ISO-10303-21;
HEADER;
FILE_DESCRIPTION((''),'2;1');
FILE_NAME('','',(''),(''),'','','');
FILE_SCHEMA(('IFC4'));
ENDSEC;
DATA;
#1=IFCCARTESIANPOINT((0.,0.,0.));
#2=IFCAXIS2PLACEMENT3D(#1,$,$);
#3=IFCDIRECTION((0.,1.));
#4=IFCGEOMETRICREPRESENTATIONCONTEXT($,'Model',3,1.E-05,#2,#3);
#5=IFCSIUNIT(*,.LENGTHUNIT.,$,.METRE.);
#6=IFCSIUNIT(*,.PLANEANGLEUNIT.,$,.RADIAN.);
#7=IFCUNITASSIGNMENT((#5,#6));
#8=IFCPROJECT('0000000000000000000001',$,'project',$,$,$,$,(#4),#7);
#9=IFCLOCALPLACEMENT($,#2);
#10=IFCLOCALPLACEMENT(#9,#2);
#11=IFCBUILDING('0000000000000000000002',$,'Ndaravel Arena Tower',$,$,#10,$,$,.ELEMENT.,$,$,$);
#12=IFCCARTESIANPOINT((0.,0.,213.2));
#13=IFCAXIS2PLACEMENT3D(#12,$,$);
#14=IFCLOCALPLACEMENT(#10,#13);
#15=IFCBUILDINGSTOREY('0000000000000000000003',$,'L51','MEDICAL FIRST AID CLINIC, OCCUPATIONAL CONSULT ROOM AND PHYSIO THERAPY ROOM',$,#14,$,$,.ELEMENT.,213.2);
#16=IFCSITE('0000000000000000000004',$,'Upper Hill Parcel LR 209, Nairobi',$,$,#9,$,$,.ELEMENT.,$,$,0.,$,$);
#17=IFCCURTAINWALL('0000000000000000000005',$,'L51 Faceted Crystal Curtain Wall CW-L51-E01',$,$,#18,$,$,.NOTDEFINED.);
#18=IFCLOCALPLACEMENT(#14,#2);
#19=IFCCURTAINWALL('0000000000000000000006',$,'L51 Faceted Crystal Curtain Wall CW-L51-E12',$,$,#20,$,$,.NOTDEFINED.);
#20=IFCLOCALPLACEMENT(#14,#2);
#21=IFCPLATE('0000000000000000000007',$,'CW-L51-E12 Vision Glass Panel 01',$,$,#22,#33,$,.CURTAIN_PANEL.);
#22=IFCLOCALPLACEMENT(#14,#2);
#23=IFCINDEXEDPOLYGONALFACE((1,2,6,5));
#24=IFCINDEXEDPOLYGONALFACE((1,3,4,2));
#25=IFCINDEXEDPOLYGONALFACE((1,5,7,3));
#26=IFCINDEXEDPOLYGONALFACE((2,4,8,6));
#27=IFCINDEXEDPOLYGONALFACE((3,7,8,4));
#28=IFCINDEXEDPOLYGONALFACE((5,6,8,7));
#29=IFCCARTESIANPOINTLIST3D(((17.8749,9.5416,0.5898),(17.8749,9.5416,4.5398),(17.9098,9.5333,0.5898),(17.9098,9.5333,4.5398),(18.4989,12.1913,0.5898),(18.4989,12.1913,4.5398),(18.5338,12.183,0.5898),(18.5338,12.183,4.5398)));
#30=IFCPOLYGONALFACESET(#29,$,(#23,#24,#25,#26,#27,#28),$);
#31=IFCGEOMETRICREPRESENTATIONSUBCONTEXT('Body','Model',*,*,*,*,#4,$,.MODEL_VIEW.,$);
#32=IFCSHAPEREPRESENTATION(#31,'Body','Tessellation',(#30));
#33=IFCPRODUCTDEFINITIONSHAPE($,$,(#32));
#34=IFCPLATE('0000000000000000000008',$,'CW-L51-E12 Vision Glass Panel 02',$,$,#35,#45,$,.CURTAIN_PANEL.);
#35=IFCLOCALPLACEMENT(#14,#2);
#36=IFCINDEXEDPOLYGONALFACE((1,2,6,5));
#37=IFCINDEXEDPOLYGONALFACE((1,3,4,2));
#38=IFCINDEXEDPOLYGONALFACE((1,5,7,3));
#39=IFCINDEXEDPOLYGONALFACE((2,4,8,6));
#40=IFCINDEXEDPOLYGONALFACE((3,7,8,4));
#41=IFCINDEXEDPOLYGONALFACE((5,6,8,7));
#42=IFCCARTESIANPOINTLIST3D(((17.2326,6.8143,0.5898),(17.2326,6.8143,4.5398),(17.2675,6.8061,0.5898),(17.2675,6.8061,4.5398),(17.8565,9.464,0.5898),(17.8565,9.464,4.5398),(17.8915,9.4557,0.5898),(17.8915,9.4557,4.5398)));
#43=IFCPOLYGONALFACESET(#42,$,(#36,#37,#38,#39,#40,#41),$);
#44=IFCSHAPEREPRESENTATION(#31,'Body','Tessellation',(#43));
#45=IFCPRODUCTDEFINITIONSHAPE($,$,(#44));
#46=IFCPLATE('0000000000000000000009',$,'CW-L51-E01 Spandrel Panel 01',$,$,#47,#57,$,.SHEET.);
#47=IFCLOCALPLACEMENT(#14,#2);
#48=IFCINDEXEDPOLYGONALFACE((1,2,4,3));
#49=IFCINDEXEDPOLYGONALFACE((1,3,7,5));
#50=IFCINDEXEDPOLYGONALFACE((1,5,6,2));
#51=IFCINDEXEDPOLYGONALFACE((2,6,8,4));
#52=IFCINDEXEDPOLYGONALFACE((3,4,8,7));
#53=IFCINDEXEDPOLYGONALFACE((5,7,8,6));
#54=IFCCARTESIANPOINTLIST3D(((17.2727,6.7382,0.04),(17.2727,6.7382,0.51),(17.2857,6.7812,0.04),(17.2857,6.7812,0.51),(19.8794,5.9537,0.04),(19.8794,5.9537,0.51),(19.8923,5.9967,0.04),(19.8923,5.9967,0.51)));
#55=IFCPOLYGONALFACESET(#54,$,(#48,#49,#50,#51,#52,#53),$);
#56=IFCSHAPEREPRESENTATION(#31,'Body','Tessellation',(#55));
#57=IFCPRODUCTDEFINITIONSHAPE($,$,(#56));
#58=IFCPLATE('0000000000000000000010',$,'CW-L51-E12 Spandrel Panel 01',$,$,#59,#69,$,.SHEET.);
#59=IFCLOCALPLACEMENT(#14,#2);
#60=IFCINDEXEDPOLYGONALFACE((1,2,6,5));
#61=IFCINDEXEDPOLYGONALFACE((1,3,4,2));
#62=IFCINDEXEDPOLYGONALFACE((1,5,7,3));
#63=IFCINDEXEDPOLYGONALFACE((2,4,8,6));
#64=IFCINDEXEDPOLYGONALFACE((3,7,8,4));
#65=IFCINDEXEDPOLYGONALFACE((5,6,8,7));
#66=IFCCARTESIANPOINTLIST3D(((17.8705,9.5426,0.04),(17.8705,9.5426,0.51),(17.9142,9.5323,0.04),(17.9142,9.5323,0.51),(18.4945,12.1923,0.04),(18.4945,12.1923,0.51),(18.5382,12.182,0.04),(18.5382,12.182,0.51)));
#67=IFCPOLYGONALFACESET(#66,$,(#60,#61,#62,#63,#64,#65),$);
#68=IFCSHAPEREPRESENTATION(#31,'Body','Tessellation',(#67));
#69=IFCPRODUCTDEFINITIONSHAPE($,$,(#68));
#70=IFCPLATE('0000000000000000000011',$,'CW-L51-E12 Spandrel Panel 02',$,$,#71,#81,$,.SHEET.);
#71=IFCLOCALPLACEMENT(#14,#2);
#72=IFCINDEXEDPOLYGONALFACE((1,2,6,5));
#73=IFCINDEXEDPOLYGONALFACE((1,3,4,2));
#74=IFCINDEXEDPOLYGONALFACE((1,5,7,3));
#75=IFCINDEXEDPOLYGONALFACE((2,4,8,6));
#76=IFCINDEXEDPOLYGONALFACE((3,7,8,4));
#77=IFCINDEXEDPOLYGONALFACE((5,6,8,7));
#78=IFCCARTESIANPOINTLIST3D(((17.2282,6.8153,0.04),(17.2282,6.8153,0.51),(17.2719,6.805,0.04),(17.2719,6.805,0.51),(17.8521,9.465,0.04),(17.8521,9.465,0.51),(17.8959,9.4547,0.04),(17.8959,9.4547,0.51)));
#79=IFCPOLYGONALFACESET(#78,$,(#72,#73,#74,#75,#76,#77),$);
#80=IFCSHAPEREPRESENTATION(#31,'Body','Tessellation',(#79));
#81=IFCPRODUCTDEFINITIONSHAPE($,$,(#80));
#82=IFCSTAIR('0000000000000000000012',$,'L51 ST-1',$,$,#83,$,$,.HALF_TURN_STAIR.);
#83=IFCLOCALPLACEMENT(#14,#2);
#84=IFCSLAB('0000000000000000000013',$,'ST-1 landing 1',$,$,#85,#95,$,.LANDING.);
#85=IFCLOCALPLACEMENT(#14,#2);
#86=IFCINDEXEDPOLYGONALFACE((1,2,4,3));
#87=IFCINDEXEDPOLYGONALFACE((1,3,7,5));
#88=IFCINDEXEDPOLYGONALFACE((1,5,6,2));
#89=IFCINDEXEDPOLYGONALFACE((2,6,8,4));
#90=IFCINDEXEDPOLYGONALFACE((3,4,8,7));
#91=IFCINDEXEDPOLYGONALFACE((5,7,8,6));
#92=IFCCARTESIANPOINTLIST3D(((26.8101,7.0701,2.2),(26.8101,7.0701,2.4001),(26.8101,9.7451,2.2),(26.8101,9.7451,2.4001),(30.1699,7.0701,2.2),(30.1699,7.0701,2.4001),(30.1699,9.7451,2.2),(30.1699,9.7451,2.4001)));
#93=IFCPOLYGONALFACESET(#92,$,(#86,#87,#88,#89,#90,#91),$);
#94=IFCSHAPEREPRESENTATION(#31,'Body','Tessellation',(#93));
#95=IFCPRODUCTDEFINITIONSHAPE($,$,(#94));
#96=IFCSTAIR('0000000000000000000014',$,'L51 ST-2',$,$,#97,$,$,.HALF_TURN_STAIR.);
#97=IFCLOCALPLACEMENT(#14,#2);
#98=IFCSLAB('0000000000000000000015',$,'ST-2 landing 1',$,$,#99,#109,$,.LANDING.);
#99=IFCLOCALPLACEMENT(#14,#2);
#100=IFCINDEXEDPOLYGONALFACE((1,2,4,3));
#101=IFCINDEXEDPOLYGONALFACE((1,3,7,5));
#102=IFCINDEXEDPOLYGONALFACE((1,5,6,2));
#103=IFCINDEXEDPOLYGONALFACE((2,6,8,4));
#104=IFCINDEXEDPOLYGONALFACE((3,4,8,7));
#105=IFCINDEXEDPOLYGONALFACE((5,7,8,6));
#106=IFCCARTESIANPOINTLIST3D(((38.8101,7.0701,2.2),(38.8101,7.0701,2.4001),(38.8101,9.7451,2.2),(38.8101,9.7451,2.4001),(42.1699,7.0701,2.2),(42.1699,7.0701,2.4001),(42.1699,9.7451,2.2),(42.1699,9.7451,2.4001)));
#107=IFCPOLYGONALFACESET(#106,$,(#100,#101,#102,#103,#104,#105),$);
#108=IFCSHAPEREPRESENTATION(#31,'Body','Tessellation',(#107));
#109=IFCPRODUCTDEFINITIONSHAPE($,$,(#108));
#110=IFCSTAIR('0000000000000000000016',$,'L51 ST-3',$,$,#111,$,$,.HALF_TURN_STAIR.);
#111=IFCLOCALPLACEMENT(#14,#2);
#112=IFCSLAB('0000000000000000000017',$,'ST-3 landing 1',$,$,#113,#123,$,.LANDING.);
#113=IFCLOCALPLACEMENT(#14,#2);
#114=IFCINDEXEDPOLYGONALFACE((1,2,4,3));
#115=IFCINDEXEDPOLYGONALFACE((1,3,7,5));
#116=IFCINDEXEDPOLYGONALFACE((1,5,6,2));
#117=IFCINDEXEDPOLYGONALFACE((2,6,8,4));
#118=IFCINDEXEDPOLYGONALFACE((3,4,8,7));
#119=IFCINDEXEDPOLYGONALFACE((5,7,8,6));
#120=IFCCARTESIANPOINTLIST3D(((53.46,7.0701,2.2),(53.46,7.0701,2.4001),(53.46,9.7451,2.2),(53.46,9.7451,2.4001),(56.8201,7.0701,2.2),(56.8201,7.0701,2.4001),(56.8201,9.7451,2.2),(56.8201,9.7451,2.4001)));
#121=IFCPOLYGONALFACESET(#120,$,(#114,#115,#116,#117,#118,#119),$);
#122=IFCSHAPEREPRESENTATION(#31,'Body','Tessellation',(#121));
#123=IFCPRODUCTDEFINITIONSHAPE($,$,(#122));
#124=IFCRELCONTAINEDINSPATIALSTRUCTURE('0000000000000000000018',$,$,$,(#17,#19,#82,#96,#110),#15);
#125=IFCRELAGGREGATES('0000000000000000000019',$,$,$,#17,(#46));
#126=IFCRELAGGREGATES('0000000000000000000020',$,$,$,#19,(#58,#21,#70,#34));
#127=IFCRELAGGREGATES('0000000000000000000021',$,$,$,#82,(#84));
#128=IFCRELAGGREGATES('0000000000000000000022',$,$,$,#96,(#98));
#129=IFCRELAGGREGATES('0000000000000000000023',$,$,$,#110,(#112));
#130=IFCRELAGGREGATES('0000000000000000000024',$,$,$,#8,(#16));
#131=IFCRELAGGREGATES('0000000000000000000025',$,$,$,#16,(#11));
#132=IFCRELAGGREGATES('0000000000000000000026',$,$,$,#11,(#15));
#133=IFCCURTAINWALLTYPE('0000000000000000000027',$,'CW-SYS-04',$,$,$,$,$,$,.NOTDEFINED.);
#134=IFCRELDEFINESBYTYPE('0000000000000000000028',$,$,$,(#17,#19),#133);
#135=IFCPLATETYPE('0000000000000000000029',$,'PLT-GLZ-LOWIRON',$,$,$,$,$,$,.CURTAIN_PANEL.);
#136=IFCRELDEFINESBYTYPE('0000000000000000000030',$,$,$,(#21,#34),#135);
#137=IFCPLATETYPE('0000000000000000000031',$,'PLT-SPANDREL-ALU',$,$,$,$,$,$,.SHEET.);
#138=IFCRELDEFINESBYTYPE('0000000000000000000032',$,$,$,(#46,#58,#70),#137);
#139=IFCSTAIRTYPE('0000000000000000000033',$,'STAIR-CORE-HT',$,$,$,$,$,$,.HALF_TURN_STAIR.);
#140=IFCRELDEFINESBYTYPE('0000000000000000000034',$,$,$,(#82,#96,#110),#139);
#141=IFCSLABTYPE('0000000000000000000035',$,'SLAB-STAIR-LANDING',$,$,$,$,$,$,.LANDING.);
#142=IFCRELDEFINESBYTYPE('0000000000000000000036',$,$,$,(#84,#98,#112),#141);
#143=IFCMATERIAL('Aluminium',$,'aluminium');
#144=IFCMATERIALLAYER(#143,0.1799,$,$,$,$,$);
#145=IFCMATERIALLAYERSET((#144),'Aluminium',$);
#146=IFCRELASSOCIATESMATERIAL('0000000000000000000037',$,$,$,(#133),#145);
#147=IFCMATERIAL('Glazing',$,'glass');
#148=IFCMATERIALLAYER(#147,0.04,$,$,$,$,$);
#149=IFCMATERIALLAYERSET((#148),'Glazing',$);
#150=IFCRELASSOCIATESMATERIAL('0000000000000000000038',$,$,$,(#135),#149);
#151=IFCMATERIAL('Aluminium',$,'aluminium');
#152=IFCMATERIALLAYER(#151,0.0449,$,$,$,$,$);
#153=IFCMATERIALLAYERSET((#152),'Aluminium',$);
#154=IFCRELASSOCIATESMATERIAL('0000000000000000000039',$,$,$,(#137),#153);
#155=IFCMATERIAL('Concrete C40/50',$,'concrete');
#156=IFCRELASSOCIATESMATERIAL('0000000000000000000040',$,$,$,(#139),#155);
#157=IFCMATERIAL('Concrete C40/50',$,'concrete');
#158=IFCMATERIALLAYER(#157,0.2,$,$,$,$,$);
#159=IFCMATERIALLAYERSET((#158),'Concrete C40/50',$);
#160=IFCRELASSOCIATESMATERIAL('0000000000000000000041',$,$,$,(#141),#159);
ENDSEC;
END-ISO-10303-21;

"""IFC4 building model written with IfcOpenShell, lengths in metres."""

from ifc_helpers import new_model, si_unit, direction, frame, origin, origin_2d, place, context, subcontext, project, spatial, polyline, rectangle, outline, extrude, material, layer, layer_set, type_object, element, aggregate, save


model = new_model("IFC4")

# Units and contexts
model_context = context("Model", 3, precision=1e-05, world=origin(), true_north=direction((0.0, 1.0)))
body_context = subcontext(model_context, "Body", "Model", "MODEL_VIEW")
ifc_project = project(units=[si_unit("LENGTHUNIT", "METRE"), si_unit("PLANEANGLEUNIT", "RADIAN")], contexts=[model_context])

# Site, building, storey
site_placement = place(None, origin())
site = spatial("IfcSite", under=ifc_project, at=site_placement, Name="Upper Hill Parcel LR 209, Nairobi", CompositionType="ELEMENT", RefElevation=0.0)
building_placement = place(site_placement, origin())
building = spatial("IfcBuilding", under=site, at=building_placement, Name="Ndaravel Arena Tower", CompositionType="ELEMENT")
storey_placement = place(building_placement, frame((0.0, 0.0, 213.2)))
storey = spatial("IfcBuildingStorey", under=building, at=storey_placement, Name="L51", Description="MEDICAL FIRST AID CLINIC, OCCUPATIONAL CONSULT ROOM AND PHYSIO THERAPY ROOM", CompositionType="ELEMENT", Elevation=213.2)

# Curtain wall
ifc_material_1 = material(Name="Aluminium", Category="aluminium")
ifc_layer_1 = layer(ifc_material_1, 0.1799)
ifc_layer_set_1 = layer_set([ifc_layer_1], Name="Aluminium")
curtain_wall_type = type_object("IfcCurtainWallType", Name="CW-SYS-04", PredefinedType="NOTDEFINED", material=ifc_layer_set_1)
curtain_wall_1_placement = place(storey_placement, origin())
curtain_wall_1 = element("IfcCurtainWall", 1, at=curtain_wall_1_placement, inside=storey, type_object=curtain_wall_type, Name="L51 Faceted Crystal Curtain Wall CW-L51-E01", PredefinedType="NOTDEFINED")

# Curtain wall
curtain_wall_2_placement = place(storey_placement, origin())
curtain_wall_2 = element("IfcCurtainWall", 2, at=curtain_wall_2_placement, inside=storey, type_object=curtain_wall_type, Name="L51 Faceted Crystal Curtain Wall CW-L51-E12", PredefinedType="NOTDEFINED")

# Plates
ifc_material_2 = material(Name="Glazing", Category="glass")
ifc_layer_2 = layer(ifc_material_2, 0.04)
ifc_layer_set_2 = layer_set([ifc_layer_2], Name="Glazing")
plate_type_1 = type_object("IfcPlateType", Name="PLT-GLZ-LOWIRON", PredefinedType="CURTAIN_PANEL", material=ifc_layer_set_2)
plate_1_placement = place(storey_placement, frame((18.2043, 10.8623, 0.5898), z_axis=(0.0, 0.0, 1.0), x_axis=(-0.229217, -0.973375, 0.0)))
plate_1 = element("IfcPlate", 3, at=plate_1_placement, type_object=plate_type_1, Name="CW-L51-E12 Vision Glass Panel 01", PredefinedType="CURTAIN_PANEL", context=body_context, shape_type="SweptSolid", body=[
    extrude(rectangle(XDim=2.7222, YDim=0.0359, at=origin_2d()), origin(), (0.0, 0.0, 1.0), 3.95),
])
plate_2_placement = place(storey_placement, frame((17.562, 8.135, 0.5898), z_axis=(0.0, 0.0, 1.0), x_axis=(-0.229217, -0.973375, 0.0)))
plate_2 = element("IfcPlate", 4, at=plate_2_placement, type_object=plate_type_1, Name="CW-L51-E12 Vision Glass Panel 02", PredefinedType="CURTAIN_PANEL", context=body_context, shape_type="SweptSolid", body=[
    extrude(rectangle(XDim=2.7222, YDim=0.0359, at=origin_2d()), origin(), (0.0, 0.0, 1.0), 3.95),
])
ifc_material_3 = material(Name="Aluminium", Category="aluminium")
ifc_layer_3 = layer(ifc_material_3, 0.0449)
ifc_layer_set_3 = layer_set([ifc_layer_3], Name="Aluminium")
plate_type_2 = type_object("IfcPlateType", Name="PLT-SPANDREL-ALU", PredefinedType="SHEET", material=ifc_layer_set_3)
plate_3_placement = place(storey_placement, frame((18.5825, 6.3674, 0.04), z_axis=(0.0, 0.0, 1.0), x_axis=(0.957576, -0.28818, 0.0)))
plate_3 = element("IfcPlate", 5, at=plate_3_placement, type_object=plate_type_2, Name="CW-L51-E01 Spandrel Panel 01", PredefinedType="SHEET", context=body_context, shape_type="SweptSolid", body=[
    extrude(rectangle(XDim=2.7222, YDim=0.0449, at=origin_2d()), origin(), (0.0, 0.0, 1.0), 0.47),
])
aggregate(curtain_wall_1, [plate_3])
plate_4_placement = place(storey_placement, frame((18.2043, 10.8623, 0.04), z_axis=(0.0, 0.0, 1.0), x_axis=(-0.229217, -0.973375, 0.0)))
plate_4 = element("IfcPlate", 6, at=plate_4_placement, type_object=plate_type_2, Name="CW-L51-E12 Spandrel Panel 01", PredefinedType="SHEET", context=body_context, shape_type="SweptSolid", body=[
    extrude(rectangle(XDim=2.7222, YDim=0.0449, at=origin_2d()), origin(), (0.0, 0.0, 1.0), 0.47),
])
plate_5_placement = place(storey_placement, frame((17.562, 8.135, 0.04), z_axis=(0.0, 0.0, 1.0), x_axis=(-0.229217, -0.973375, 0.0)))
plate_5 = element("IfcPlate", 7, at=plate_5_placement, type_object=plate_type_2, Name="CW-L51-E12 Spandrel Panel 02", PredefinedType="SHEET", context=body_context, shape_type="SweptSolid", body=[
    extrude(rectangle(XDim=2.7222, YDim=0.0449, at=origin_2d()), origin(), (0.0, 0.0, 1.0), 0.47),
])
aggregate(curtain_wall_2, [plate_4, plate_1, plate_5, plate_2])

# Stairs, slabs
ifc_material_4 = material(Name="Concrete C40/50", Category="concrete")
stair_type = type_object("IfcStairType", Name="STAIR-CORE-HT", PredefinedType="HALF_TURN_STAIR", material=ifc_material_4)
stair_1_placement = place(storey_placement, origin())
stair_1 = element("IfcStair", 8, at=stair_1_placement, inside=storey, type_object=stair_type, Name="L51 ST-1", PredefinedType="HALF_TURN_STAIR")
ifc_material_5 = material(Name="Concrete C40/50", Category="concrete")
ifc_layer_4 = layer(ifc_material_5, 0.2)
ifc_layer_set_4 = layer_set([ifc_layer_4], Name="Concrete C40/50")
slab_type_1 = type_object("IfcSlabType", Name="SLAB-STAIR-LANDING", PredefinedType="LANDING", material=ifc_layer_set_4)
slab_1_placement = place(storey_placement, frame((0.0, 0.0, 2.2)))
slab_1 = element("IfcSlab", 9, at=slab_1_placement, type_object=slab_type_1, Name="ST-1 landing 1", PredefinedType="LANDING", context=body_context, shape_type="SweptSolid", body=[
    extrude(outline(polyline([(26.8101, 9.7451), (26.8101, 7.0701), (30.1699, 7.0701), (30.1699, 9.7451), (26.8101, 9.7451)])), origin(), (0.0, 0.0, 1.0), 0.2002),
])
aggregate(stair_1, [slab_1])
stair_2_placement = place(storey_placement, origin())
stair_2 = element("IfcStair", 10, at=stair_2_placement, inside=storey, type_object=stair_type, Name="L51 ST-2", PredefinedType="HALF_TURN_STAIR")
slab_2_placement = place(storey_placement, frame((0.0, 0.0, 2.2)))
slab_2 = element("IfcSlab", 11, at=slab_2_placement, type_object=slab_type_1, Name="ST-2 landing 1", PredefinedType="LANDING", context=body_context, shape_type="SweptSolid", body=[
    extrude(outline(polyline([(38.8101, 9.7451), (38.8101, 7.0701), (42.1699, 7.0701), (42.1699, 9.7451), (38.8101, 9.7451)])), origin(), (0.0, 0.0, 1.0), 0.2002),
])
aggregate(stair_2, [slab_2])
stair_3_placement = place(storey_placement, origin())
stair_3 = element("IfcStair", 12, at=stair_3_placement, inside=storey, type_object=stair_type, Name="L51 ST-3", PredefinedType="HALF_TURN_STAIR")
slab_3_placement = place(storey_placement, frame((0.0, 0.0, 2.2)))
slab_3 = element("IfcSlab", 13, at=slab_3_placement, type_object=slab_type_1, Name="ST-3 landing 1", PredefinedType="LANDING", context=body_context, shape_type="SweptSolid", body=[
    extrude(outline(polyline([(53.46, 9.7451), (53.46, 7.0701), (56.8201, 7.0701), (56.8201, 9.7451), (53.46, 9.7451)])), origin(), (0.0, 0.0, 1.0), 0.2002),
])
aggregate(stair_3, [slab_3])

save(model, "model.ifc")
